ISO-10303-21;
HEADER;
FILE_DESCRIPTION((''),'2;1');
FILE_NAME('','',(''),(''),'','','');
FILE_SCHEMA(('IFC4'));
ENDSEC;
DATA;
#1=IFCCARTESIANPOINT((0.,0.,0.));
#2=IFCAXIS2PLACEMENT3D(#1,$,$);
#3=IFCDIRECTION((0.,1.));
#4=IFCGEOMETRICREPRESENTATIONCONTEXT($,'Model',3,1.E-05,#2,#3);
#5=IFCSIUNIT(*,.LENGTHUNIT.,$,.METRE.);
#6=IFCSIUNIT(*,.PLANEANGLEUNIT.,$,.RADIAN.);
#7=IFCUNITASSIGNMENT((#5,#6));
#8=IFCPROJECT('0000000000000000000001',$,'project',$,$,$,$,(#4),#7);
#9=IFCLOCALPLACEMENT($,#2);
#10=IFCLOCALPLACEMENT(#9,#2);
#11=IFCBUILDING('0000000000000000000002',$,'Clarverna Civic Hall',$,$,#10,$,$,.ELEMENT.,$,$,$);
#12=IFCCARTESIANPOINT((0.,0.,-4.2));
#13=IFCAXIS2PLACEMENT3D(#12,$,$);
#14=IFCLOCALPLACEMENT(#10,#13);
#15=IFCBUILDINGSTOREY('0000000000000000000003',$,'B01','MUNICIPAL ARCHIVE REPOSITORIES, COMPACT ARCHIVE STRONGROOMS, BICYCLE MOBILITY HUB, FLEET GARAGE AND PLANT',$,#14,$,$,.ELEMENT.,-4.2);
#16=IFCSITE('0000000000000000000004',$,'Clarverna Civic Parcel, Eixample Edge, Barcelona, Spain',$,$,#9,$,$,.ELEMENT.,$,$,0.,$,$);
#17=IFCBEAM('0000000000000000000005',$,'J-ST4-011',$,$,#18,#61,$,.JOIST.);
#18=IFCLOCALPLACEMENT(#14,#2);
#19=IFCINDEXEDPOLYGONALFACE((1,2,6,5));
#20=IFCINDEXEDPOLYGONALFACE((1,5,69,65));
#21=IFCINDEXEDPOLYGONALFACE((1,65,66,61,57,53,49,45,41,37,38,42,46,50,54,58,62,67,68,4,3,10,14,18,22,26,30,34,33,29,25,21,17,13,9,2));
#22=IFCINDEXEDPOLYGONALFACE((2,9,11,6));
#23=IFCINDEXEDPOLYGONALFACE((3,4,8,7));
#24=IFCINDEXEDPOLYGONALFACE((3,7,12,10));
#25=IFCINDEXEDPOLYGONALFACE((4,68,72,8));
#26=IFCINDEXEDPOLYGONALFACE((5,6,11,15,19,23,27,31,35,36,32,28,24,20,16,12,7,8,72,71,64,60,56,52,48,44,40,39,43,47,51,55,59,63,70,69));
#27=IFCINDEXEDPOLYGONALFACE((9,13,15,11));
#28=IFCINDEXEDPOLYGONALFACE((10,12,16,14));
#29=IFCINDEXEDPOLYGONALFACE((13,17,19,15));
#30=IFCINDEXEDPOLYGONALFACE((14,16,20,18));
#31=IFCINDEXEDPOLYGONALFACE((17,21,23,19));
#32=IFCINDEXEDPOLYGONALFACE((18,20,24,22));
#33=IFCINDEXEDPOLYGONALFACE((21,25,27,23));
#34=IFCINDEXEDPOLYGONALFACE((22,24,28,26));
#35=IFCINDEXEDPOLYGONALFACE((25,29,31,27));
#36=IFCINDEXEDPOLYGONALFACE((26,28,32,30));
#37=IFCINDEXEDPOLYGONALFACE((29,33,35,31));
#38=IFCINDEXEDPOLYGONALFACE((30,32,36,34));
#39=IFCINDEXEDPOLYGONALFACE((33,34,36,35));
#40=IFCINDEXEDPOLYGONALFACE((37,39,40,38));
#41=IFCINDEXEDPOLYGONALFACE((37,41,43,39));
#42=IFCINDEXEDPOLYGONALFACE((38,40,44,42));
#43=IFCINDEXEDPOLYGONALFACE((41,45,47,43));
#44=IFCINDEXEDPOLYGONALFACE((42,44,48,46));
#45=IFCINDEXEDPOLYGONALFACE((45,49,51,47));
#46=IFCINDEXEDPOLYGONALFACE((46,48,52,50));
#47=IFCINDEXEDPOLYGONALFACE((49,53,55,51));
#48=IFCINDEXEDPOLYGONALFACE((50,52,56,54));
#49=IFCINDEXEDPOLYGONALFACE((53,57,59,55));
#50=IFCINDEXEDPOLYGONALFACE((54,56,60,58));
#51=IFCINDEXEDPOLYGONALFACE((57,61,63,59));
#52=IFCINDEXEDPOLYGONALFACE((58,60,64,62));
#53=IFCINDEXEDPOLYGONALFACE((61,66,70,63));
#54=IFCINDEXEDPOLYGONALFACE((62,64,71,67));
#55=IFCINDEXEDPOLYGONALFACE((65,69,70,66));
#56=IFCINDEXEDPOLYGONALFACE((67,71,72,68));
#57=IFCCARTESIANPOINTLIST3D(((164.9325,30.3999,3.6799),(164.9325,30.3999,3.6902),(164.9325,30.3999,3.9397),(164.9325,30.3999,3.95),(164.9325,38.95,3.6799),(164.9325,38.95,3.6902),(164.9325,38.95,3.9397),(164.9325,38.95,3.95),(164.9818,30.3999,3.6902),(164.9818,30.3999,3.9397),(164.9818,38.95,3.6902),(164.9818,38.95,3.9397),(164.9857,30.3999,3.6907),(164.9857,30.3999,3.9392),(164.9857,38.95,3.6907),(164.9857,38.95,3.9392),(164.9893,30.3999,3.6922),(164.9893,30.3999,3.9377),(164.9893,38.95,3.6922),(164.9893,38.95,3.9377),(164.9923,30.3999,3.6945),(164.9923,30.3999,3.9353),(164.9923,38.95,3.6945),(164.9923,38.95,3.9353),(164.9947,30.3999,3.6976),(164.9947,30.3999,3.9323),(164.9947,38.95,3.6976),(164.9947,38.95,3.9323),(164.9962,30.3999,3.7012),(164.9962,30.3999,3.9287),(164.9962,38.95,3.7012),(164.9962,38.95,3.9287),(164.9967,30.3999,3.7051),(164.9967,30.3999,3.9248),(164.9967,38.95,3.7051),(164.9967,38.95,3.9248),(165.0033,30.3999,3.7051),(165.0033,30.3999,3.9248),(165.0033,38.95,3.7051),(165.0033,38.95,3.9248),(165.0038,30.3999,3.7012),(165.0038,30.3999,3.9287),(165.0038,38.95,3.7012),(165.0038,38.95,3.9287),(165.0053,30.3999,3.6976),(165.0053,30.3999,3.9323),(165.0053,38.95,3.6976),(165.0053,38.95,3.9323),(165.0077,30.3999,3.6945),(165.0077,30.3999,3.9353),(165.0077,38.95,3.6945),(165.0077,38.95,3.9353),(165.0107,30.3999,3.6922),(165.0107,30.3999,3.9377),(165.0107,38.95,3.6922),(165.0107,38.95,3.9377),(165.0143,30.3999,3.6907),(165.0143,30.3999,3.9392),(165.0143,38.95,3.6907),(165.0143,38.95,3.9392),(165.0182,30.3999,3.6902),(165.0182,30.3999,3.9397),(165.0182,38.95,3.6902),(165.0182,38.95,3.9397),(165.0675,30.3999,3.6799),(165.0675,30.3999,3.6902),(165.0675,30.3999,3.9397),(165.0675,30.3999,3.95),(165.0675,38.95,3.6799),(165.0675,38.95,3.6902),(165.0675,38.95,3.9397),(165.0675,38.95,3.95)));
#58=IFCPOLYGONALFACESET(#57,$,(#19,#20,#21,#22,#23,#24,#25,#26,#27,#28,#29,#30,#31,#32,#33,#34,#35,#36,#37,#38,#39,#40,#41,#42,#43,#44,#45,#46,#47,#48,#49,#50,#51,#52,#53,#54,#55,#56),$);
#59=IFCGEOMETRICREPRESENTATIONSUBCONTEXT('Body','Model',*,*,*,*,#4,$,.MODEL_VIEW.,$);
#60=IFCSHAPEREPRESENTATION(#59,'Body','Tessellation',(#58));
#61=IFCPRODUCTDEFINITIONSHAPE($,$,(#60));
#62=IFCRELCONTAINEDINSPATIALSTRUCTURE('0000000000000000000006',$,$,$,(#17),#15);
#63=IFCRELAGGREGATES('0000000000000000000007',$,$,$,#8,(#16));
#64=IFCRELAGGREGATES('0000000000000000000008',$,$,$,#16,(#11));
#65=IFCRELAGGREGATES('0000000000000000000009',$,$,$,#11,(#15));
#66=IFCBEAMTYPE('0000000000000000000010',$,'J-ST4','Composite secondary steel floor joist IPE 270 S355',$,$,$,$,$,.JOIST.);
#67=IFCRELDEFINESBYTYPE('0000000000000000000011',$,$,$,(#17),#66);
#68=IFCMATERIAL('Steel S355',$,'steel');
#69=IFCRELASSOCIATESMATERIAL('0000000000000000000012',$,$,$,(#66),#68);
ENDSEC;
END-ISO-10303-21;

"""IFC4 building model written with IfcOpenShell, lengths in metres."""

from ifc_helpers import new_model, si_unit, direction, frame, origin, origin_2d, place, context, subcontext, project, spatial, i_section, extrude, material, material_profile, profile_set, type_object, element, save


model = new_model("IFC4")

# Units and contexts
model_context = context("Model", 3, precision=1e-05, world=origin(), true_north=direction((0.0, 1.0)))
body_context = subcontext(model_context, "Body", "Model", "MODEL_VIEW")
ifc_project = project(units=[si_unit("LENGTHUNIT", "METRE"), si_unit("PLANEANGLEUNIT", "RADIAN")], contexts=[model_context])

# Site, building, storey
site_placement = place(None, origin())
site = spatial("IfcSite", under=ifc_project, at=site_placement, Name="Clarverna Civic Parcel, Eixample Edge, Barcelona, Spain", CompositionType="ELEMENT", RefElevation=0.0)
building_placement = place(site_placement, origin())
building = spatial("IfcBuilding", under=site, at=building_placement, Name="Clarverna Civic Hall", CompositionType="ELEMENT")
storey_placement = place(building_placement, frame((0.0, 0.0, -4.2)))
storey = spatial("IfcBuildingStorey", under=building, at=storey_placement, Name="B01", Description="MUNICIPAL ARCHIVE REPOSITORIES, COMPACT ARCHIVE STRONGROOMS, BICYCLE MOBILITY HUB, FLEET GARAGE AND PLANT", CompositionType="ELEMENT", Elevation=-4.2)

# Beam
ifc_material_1 = material(Name="Steel S355", Category="steel")
ifc_material_profile_1 = material_profile(ifc_material_1, i_section(OverallWidth=0.135, OverallDepth=0.27, WebThickness=0.0066, FlangeThickness=0.0103, FilletRadius=0.0149, at=origin_2d()), Name="IPE 270")
ifc_profile_set_1 = profile_set([ifc_material_profile_1], Name="Steel S355")
beam_type_1 = type_object("IfcBeamType", Name="J-ST4", Description="Composite secondary steel floor joist IPE 270 S355", PredefinedType="JOIST", material=ifc_profile_set_1)
beam_1_placement = place(storey_placement, frame((165.0, 30.3999, 3.8149), z_axis=(0.0, 1.0, 0.0), x_axis=(-1.0, 0.0, 0.0)))
element("IfcBeam", 1, at=beam_1_placement, inside=storey, type_object=beam_type_1, Name="J-ST4-011", PredefinedType="JOIST", context=body_context, shape_type="SweptSolid", body=[
    extrude(i_section(OverallWidth=0.135, OverallDepth=0.27, WebThickness=0.0066, FlangeThickness=0.0103, FilletRadius=0.0149, at=origin_2d()), origin(), (0.0, 0.0, 1.0), 8.55),
])

save(model, "model.ifc")
